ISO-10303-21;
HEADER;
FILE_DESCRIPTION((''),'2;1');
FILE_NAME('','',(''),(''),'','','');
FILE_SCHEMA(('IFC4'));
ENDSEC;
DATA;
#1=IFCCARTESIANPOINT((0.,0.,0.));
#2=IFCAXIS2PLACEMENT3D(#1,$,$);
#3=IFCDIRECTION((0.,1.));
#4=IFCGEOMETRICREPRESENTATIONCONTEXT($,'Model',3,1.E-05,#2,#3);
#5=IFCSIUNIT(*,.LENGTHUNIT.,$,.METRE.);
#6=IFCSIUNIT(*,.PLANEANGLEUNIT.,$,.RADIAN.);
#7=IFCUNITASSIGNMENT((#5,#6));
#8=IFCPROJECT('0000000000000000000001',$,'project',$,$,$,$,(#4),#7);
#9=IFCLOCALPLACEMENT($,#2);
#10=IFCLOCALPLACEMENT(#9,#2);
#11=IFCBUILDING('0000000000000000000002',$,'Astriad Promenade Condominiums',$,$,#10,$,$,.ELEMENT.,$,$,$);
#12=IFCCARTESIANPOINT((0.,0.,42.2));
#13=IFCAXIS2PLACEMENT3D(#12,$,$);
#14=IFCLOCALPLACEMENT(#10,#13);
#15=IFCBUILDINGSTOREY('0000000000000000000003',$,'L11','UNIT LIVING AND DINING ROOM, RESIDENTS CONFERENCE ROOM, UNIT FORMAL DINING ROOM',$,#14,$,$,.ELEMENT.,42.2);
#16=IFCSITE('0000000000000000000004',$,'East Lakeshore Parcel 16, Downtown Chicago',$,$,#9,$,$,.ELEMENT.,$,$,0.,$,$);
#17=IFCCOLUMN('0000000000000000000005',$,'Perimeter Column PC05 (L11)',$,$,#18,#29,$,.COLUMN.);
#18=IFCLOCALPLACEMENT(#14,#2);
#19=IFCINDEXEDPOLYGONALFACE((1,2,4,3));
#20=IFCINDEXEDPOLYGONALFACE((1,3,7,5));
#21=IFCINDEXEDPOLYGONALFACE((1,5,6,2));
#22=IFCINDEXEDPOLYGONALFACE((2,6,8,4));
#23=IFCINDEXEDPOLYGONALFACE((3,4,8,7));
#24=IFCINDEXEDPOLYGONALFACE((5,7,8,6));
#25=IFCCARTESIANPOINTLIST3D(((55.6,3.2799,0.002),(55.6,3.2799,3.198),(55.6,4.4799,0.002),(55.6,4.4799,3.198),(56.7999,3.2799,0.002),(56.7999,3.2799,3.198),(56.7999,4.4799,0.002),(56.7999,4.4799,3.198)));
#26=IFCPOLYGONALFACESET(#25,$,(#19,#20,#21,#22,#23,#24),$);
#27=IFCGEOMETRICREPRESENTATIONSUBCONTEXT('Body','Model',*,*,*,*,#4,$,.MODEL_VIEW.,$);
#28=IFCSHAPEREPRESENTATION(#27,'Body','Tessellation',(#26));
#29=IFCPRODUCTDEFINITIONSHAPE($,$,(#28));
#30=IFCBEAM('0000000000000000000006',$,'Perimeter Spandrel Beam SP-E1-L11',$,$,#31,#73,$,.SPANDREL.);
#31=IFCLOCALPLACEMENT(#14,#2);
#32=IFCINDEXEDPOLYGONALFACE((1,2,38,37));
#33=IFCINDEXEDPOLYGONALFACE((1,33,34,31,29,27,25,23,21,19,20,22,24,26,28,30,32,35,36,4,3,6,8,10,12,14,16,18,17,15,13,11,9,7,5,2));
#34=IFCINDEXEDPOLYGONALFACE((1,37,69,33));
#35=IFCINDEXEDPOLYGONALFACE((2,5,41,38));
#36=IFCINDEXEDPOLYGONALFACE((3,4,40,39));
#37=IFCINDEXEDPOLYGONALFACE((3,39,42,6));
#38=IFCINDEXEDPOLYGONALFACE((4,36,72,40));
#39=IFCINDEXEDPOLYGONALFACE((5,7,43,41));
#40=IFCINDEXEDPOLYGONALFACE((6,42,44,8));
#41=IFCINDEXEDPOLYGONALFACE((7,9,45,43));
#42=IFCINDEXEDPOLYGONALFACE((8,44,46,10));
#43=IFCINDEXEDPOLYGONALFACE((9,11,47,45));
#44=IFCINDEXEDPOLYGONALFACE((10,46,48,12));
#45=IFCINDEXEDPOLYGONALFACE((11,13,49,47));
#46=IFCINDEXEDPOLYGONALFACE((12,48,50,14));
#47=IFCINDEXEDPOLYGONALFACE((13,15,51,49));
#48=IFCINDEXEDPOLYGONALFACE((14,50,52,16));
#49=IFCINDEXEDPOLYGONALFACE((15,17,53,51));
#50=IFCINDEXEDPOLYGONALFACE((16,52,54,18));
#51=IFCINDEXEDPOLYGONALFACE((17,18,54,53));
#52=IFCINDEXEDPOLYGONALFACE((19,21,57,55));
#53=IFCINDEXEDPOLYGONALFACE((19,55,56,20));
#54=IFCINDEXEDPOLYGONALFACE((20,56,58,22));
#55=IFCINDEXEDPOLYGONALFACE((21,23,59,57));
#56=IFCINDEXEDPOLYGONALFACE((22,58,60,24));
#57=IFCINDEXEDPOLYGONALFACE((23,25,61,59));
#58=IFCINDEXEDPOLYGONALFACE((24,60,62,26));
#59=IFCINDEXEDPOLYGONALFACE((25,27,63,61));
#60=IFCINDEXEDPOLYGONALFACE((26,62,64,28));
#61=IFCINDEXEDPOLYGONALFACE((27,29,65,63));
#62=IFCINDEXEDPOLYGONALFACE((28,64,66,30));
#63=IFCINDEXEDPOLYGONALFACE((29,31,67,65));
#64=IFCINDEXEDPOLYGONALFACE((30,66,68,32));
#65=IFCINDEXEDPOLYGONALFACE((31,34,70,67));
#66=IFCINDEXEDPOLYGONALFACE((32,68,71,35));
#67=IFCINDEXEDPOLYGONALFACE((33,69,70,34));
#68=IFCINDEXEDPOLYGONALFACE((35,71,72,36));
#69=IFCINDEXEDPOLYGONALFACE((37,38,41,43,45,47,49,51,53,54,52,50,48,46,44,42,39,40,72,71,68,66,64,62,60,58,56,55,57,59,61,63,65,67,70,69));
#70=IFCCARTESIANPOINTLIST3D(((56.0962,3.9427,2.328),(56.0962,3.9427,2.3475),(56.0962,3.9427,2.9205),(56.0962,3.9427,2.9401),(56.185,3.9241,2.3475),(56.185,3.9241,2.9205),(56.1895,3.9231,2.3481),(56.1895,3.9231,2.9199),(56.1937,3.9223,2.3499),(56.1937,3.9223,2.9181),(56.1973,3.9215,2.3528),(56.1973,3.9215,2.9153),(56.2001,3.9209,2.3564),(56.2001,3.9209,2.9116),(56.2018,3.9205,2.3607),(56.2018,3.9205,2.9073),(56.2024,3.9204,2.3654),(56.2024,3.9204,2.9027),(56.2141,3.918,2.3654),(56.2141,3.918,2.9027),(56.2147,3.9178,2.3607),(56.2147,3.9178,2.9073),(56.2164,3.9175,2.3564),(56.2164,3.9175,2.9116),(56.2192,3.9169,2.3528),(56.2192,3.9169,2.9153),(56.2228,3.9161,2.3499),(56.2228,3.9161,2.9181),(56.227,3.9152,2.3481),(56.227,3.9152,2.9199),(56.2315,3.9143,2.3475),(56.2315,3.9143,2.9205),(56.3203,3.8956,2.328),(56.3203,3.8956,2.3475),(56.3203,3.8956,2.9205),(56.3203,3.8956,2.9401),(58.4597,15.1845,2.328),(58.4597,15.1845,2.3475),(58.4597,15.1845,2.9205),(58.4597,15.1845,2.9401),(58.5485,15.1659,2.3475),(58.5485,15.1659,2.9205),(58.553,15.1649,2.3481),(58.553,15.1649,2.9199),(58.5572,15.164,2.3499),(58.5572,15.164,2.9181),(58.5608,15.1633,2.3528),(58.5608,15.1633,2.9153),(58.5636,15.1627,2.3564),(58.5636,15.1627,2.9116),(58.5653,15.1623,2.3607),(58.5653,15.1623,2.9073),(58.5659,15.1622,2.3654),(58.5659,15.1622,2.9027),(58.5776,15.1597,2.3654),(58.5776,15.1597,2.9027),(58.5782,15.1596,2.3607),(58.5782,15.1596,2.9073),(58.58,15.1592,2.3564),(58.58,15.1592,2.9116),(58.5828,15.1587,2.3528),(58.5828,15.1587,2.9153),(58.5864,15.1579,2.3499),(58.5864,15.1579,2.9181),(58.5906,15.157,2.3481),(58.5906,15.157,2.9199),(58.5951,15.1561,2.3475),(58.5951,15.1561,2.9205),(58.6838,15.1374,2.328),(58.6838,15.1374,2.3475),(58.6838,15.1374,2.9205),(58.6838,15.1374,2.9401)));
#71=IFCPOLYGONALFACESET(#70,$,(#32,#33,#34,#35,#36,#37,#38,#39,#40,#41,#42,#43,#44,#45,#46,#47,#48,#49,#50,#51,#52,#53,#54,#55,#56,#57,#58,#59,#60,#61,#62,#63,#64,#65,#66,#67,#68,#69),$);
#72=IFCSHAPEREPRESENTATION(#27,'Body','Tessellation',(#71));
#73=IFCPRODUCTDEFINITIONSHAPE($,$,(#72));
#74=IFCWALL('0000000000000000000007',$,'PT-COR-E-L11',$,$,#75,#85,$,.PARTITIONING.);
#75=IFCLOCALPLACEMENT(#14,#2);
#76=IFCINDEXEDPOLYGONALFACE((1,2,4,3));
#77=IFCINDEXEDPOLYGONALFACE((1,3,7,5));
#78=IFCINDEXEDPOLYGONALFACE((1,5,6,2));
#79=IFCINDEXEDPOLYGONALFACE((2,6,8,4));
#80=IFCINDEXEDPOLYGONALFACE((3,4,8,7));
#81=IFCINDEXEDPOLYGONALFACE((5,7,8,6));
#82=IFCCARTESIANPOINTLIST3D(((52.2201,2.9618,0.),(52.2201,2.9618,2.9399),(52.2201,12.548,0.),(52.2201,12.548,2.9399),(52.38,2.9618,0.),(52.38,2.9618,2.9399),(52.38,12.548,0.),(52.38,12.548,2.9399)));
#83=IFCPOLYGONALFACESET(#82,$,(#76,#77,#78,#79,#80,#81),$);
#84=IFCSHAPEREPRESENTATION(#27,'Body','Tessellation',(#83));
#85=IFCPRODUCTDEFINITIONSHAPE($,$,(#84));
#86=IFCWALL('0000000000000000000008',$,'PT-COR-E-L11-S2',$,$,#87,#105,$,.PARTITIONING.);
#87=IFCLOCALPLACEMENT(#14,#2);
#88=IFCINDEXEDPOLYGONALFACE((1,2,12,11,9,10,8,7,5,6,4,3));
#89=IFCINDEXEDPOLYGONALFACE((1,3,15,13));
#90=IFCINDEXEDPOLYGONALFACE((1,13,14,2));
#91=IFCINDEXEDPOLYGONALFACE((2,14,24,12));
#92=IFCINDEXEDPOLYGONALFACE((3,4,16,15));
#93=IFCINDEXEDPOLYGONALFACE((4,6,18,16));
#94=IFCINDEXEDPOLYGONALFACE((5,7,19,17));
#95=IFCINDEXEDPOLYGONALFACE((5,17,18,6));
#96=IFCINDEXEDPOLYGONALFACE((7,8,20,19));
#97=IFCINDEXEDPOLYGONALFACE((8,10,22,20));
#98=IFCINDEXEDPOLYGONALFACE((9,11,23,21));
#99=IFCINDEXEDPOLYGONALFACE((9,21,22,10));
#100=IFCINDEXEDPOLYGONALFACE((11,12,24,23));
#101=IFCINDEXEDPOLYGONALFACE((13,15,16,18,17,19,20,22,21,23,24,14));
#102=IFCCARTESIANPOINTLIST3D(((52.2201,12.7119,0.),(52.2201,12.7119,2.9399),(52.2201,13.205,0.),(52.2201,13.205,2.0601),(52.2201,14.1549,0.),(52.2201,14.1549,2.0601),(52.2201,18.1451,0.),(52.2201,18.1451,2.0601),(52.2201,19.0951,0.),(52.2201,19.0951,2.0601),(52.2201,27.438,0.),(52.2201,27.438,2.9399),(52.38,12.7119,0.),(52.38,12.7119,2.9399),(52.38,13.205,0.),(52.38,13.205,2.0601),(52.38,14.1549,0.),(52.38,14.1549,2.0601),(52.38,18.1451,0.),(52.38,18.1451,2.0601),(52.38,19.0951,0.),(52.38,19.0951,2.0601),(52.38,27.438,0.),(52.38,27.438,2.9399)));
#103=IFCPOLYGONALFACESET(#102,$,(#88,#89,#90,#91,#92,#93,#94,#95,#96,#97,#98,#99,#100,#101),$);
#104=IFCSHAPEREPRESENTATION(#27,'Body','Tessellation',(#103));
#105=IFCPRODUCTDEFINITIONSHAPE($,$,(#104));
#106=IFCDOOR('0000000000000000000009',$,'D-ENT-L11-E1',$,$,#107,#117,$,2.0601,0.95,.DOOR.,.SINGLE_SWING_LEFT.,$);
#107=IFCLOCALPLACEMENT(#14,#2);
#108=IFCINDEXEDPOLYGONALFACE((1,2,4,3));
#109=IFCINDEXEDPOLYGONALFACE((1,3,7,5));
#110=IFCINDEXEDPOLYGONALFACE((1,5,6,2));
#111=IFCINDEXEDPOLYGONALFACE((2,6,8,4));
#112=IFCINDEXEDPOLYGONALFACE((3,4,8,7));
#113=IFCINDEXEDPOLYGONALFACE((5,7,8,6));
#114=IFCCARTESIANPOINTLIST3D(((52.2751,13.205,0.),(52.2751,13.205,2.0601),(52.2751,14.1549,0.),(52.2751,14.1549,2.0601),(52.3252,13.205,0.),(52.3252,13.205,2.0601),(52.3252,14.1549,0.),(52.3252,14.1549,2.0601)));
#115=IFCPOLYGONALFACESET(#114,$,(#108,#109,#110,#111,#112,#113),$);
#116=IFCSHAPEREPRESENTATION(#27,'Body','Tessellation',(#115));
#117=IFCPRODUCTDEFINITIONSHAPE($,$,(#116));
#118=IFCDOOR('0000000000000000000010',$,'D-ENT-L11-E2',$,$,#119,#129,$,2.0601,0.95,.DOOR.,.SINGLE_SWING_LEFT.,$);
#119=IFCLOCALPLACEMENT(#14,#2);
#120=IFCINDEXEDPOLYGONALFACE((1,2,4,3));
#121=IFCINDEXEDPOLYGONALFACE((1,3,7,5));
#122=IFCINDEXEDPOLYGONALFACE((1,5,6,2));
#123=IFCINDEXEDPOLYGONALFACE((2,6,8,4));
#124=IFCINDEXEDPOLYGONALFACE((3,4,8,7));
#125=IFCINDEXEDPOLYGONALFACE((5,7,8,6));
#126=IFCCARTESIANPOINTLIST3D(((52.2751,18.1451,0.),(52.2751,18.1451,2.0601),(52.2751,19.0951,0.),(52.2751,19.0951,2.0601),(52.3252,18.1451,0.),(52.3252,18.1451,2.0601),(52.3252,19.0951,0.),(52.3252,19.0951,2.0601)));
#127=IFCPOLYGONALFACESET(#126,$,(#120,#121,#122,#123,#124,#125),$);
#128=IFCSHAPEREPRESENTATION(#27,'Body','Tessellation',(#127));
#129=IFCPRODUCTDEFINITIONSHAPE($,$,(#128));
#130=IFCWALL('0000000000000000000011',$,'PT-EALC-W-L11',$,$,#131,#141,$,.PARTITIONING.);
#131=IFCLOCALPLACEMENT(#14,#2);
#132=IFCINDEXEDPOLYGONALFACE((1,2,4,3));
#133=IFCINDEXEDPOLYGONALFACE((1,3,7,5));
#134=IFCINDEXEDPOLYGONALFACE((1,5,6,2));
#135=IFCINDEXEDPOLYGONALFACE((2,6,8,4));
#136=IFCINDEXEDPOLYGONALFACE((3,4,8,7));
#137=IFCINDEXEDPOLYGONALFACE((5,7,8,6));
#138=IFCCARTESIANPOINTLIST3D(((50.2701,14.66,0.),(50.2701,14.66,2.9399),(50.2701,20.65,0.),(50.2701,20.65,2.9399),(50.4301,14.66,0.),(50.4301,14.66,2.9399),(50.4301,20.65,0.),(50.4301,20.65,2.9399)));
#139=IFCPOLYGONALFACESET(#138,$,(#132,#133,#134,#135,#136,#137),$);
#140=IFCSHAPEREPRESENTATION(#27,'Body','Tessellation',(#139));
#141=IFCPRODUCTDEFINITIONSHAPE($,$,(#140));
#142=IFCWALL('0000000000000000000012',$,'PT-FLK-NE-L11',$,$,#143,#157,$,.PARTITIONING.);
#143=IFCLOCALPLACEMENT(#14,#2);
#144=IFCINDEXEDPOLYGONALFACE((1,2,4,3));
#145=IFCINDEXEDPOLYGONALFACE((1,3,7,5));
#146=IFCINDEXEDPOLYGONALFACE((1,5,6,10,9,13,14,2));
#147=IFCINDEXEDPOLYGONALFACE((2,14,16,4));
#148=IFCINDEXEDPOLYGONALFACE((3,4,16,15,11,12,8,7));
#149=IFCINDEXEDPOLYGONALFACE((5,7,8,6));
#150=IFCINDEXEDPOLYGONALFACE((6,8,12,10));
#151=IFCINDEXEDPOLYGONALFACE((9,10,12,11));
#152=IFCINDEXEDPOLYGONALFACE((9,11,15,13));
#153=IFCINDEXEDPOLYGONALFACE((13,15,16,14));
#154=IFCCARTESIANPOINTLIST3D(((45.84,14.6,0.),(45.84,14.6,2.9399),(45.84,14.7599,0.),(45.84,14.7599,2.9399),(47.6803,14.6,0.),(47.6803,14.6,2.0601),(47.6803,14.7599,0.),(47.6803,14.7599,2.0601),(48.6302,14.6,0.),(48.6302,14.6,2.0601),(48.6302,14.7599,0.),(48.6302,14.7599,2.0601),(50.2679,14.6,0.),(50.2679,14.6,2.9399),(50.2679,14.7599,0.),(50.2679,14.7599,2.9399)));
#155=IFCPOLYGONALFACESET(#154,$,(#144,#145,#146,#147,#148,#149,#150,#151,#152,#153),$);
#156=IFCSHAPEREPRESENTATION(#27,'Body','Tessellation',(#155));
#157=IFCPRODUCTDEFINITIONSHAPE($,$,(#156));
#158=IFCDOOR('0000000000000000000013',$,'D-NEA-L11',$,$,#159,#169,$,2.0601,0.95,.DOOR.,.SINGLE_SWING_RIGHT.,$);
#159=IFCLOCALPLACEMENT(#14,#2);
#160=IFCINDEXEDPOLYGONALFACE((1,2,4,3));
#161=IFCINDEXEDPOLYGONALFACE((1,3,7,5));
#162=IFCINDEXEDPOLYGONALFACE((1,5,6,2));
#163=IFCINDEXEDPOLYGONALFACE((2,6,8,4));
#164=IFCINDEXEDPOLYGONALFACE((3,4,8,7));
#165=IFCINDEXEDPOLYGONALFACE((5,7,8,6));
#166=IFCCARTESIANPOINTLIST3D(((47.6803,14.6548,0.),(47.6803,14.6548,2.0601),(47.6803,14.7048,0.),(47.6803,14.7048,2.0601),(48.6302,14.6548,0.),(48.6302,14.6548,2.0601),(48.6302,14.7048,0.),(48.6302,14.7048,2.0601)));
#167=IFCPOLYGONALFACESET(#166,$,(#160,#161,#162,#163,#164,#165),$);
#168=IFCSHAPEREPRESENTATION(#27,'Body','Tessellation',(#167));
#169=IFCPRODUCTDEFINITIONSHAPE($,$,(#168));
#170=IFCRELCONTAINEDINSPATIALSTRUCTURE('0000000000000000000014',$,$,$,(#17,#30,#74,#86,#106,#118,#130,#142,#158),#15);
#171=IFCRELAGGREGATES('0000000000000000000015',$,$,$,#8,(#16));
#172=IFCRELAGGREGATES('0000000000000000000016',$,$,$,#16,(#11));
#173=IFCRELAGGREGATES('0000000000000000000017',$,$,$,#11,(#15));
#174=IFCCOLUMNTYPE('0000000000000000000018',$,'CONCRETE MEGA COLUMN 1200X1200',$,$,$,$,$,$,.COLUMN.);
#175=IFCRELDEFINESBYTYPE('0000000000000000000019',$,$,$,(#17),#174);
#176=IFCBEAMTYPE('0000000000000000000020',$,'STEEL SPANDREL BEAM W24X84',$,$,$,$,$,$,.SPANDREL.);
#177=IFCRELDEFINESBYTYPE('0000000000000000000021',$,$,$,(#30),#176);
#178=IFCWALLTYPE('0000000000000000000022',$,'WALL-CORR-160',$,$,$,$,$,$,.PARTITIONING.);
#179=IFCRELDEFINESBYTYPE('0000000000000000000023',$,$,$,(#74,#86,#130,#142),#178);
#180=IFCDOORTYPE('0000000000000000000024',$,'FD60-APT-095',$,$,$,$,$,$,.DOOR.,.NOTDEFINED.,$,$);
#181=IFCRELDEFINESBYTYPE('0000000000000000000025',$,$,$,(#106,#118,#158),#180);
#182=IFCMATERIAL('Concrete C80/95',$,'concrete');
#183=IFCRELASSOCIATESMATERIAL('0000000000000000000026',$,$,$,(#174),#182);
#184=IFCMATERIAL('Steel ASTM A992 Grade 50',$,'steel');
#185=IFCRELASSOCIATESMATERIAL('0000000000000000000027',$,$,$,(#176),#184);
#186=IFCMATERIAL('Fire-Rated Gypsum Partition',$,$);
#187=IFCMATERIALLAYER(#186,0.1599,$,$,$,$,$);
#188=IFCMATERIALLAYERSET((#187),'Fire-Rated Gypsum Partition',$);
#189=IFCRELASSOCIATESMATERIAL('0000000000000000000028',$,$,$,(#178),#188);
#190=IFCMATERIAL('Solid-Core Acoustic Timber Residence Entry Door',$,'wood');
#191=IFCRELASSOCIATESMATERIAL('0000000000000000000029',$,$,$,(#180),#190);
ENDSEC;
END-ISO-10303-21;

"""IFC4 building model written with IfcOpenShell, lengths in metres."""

from ifc_helpers import new_model, si_unit, direction, frame, frame_2d, origin, origin_2d, place, context, subcontext, project, spatial, rectangle, i_section, extrude, source, transform, mapped, material, layer, layer_set, material_profile, profile_set, type_object, type_shapes, element, fill, save


model = new_model("IFC4")

# Units and contexts
model_context = context("Model", 3, precision=1e-05, world=origin(), true_north=direction((0.0, 1.0)))
body_context = subcontext(model_context, "Body", "Model", "MODEL_VIEW")
ifc_project = project(units=[si_unit("LENGTHUNIT", "METRE"), si_unit("PLANEANGLEUNIT", "RADIAN")], contexts=[model_context])

# Site, building, storey
site_placement = place(None, origin())
site = spatial("IfcSite", under=ifc_project, at=site_placement, Name="East Lakeshore Parcel 16, Downtown Chicago", CompositionType="ELEMENT", RefElevation=0.0)
building_placement = place(site_placement, origin())
building = spatial("IfcBuilding", under=site, at=building_placement, Name="Astriad Promenade Condominiums", CompositionType="ELEMENT")
storey_placement = place(building_placement, frame((0.0, 0.0, 42.2)))
storey = spatial("IfcBuildingStorey", under=building, at=storey_placement, Name="L11", Description="UNIT LIVING AND DINING ROOM, RESIDENTS CONFERENCE ROOM, UNIT FORMAL DINING ROOM", CompositionType="ELEMENT", Elevation=42.2)

# Column
ifc_material_1 = material(Name="Concrete C80/95", Category="concrete")
ifc_material_profile_1 = material_profile(ifc_material_1, rectangle(XDim=1.2, YDim=1.2, at=origin_2d()), Name="RC-COL-1200X1200")
ifc_profile_set_1 = profile_set([ifc_material_profile_1], Name="Concrete C80/95")
column_type = type_object("IfcColumnType", Name="CONCRETE MEGA COLUMN 1200X1200", PredefinedType="COLUMN", material=ifc_profile_set_1)
shared_shape_1 = source(origin(), body_context, "Body", "SweptSolid", [
    extrude(rectangle(XDim=1.2, YDim=1.2, at=origin_2d()), origin(), (0.0, 0.0, 1.0), 3.196),
])
type_shapes(column_type, [shared_shape_1])
column_placement = place(storey_placement, frame((56.2, 3.8799, 0.002), z_axis=(0.0, 0.0, 1.0), x_axis=(1.0, 0.0, 0.0)))
element("IfcColumn", 1, at=column_placement, inside=storey, type_object=column_type, Name="Perimeter Column PC05 (L11)", PredefinedType="COLUMN", context=body_context, shape_type="MappedRepresentation", body=[
    mapped(shared_shape_1, transform((0.0, 0.0, 0.0), scale=1.0)),
])

# Beam
ifc_material_2 = material(Name="Steel ASTM A992 Grade 50", Category="steel")
ifc_material_profile_2 = material_profile(ifc_material_2, i_section(OverallWidth=0.229, OverallDepth=0.6121, WebThickness=0.012, FlangeThickness=0.0195, FilletRadius=0.0178, at=origin_2d()), Name="W24X84")
ifc_profile_set_2 = profile_set([ifc_material_profile_2], Name="Steel ASTM A992 Grade 50")
beam_type = type_object("IfcBeamType", Name="STEEL SPANDREL BEAM W24X84", PredefinedType="SPANDREL", material=ifc_profile_set_2)
shared_shape_2 = source(origin(), body_context, "Body", "SweptSolid", [
    extrude(i_section(OverallWidth=0.229, OverallDepth=0.6121, WebThickness=0.012, FlangeThickness=0.0195, FilletRadius=0.0178, at=origin_2d()), origin(), (0.0, 0.0, 1.0), 11.4875),
])
type_shapes(beam_type, [shared_shape_2])
beam_placement = place(storey_placement, frame((56.2083, 3.9192, 2.634), z_axis=(0.205748, 0.978605, 0.0), x_axis=(-0.978605, 0.205748, 0.0)))
element("IfcBeam", 2, at=beam_placement, inside=storey, type_object=beam_type, Name="Perimeter Spandrel Beam SP-E1-L11", PredefinedType="SPANDREL", context=body_context, shape_type="MappedRepresentation", body=[
    mapped(shared_shape_2, transform((0.0, 0.0, 0.0), scale=1.0)),
])

# Wall
ifc_material_3 = material(Name="Fire-Rated Gypsum Partition")
ifc_layer_1 = layer(ifc_material_3, 0.1599)
ifc_layer_set_1 = layer_set([ifc_layer_1], Name="Fire-Rated Gypsum Partition")
wall_type_1 = type_object("IfcWallType", Name="WALL-CORR-160", PredefinedType="PARTITIONING", material=ifc_layer_set_1)
wall_1_placement = place(storey_placement, frame((52.3, 2.9619, 0.0), z_axis=(0.0, 0.0, 1.0), x_axis=(0.0, 1.0, 0.0)))
element("IfcWall", 3, at=wall_1_placement, inside=storey, type_object=wall_type_1, Name="PT-COR-E-L11", PredefinedType="PARTITIONING", context=body_context, shape_type="SweptSolid", body=[
    extrude(rectangle(XDim=9.5862, YDim=0.1599, at=frame_2d((4.793, 0.0))), origin(), (0.0, 0.0, 1.0), 2.9399),
])

# Wall, openings, doors
wall_2_placement = place(storey_placement, frame((52.3, 12.7119, 0.0), z_axis=(0.0, 0.0, 1.0), x_axis=(0.0, 1.0, 0.0)))
wall_2 = element("IfcWall", 4, at=wall_2_placement, inside=storey, type_object=wall_type_1, Name="PT-COR-E-L11-S2", PredefinedType="PARTITIONING", context=body_context, shape_type="SweptSolid", body=[
    extrude(rectangle(XDim=14.7261, YDim=0.1599, at=frame_2d((7.363, 0.0))), origin(), (0.0, 0.0, 1.0), 2.9399),
])
opening_1_placement = place(wall_2_placement, frame((0.4929, 0.0, 0.0)))
opening_1 = element("IfcOpeningElement", 5, at=opening_1_placement, cuts=wall_2, PredefinedType="OPENING", context=body_context, shape_type="SweptSolid", body=[
    extrude(rectangle(XDim=0.95, YDim=2.0601, at=frame_2d((0.4751, 1.03))), frame((0.0, 0.0898, 0.0), z_axis=(0.0, -1.0, 0.0), x_axis=(1.0, 0.0, 0.0)), (0.0, 0.0, 1.0), 0.1799),
])
opening_2_placement = place(wall_2_placement, frame((5.4331, 0.0, 0.0)))
opening_2 = element("IfcOpeningElement", 6, at=opening_2_placement, cuts=wall_2, PredefinedType="OPENING", context=body_context, shape_type="SweptSolid", body=[
    extrude(rectangle(XDim=0.95, YDim=2.0601, at=frame_2d((0.4751, 1.03))), frame((0.0, 0.0898, 0.0), z_axis=(0.0, -1.0, 0.0), x_axis=(1.0, 0.0, 0.0)), (0.0, 0.0, 1.0), 0.1799),
])
ifc_material_4 = material(Name="Solid-Core Acoustic Timber Residence Entry Door", Category="wood")
door_type_1 = type_object("IfcDoorType", Name="FD60-APT-095", OperationType="NOTDEFINED", PredefinedType="DOOR", material=ifc_material_4)
shared_shape_3 = source(origin(), body_context, "Body", "SweptSolid", [
    extrude(rectangle(XDim=0.95, YDim=2.0601, at=frame_2d((0.4751, 1.03))), frame((0.0, 0.0249, 0.0), z_axis=(0.0, -1.0, 0.0), x_axis=(1.0, 0.0, 0.0)), (0.0, 0.0, 1.0), 0.05),
])
type_shapes(door_type_1, [shared_shape_3])
door_1_placement = place(opening_1_placement, origin())
door_1 = element("IfcDoor", 7, at=door_1_placement, inside=storey, type_object=door_type_1, Name="D-ENT-L11-E1", OperationType="SINGLE_SWING_LEFT", OverallHeight=2.0601, OverallWidth=0.95, PredefinedType="DOOR", context=body_context, shape_type="MappedRepresentation", body=[
    mapped(shared_shape_3, transform((0.0, 0.0, 0.0), scale=1.0)),
])
fill(opening_1, door_1)
door_2_placement = place(opening_2_placement, origin())
door_2 = element("IfcDoor", 8, at=door_2_placement, inside=storey, type_object=door_type_1, Name="D-ENT-L11-E2", OperationType="SINGLE_SWING_LEFT", OverallHeight=2.0601, OverallWidth=0.95, PredefinedType="DOOR", context=body_context, shape_type="MappedRepresentation", body=[
    mapped(shared_shape_3, transform((0.0, 0.0, 0.0), scale=1.0)),
])
fill(opening_2, door_2)

# Wall
wall_3_placement = place(storey_placement, frame((50.3501, 14.6599, 0.0), z_axis=(0.0, 0.0, 1.0), x_axis=(0.0, 1.0, 0.0)))
element("IfcWall", 9, at=wall_3_placement, inside=storey, type_object=wall_type_1, Name="PT-EALC-W-L11", PredefinedType="PARTITIONING", context=body_context, shape_type="SweptSolid", body=[
    extrude(rectangle(XDim=5.99, YDim=0.1599, at=frame_2d((2.9951, 0.0))), origin(), (0.0, 0.0, 1.0), 2.9399),
])

# Wall, opening, door
wall_4_placement = place(storey_placement, frame((45.8401, 14.6799, 0.0), z_axis=(0.0, 0.0, 1.0), x_axis=(1.0, 0.0, 0.0)))
wall_4 = element("IfcWall", 10, at=wall_4_placement, inside=storey, type_object=wall_type_1, Name="PT-FLK-NE-L11", PredefinedType="PARTITIONING", context=body_context, shape_type="SweptSolid", body=[
    extrude(rectangle(XDim=4.428, YDim=0.1599, at=frame_2d((2.2139, 0.0))), origin(), (0.0, 0.0, 1.0), 2.9399),
])
opening_3_placement = place(wall_4_placement, frame((1.8401, 0.0, 0.0)))
opening_3 = element("IfcOpeningElement", 11, at=opening_3_placement, cuts=wall_4, PredefinedType="OPENING", context=body_context, shape_type="SweptSolid", body=[
    extrude(rectangle(XDim=0.95, YDim=2.0601, at=frame_2d((0.4751, 1.03))), frame((0.0, 0.0898, 0.0), z_axis=(0.0, -1.0, 0.0), x_axis=(1.0, 0.0, 0.0)), (0.0, 0.0, 1.0), 0.1799),
])
door_3_placement = place(opening_3_placement, origin())
door_3 = element("IfcDoor", 12, at=door_3_placement, inside=storey, type_object=door_type_1, Name="D-NEA-L11", OperationType="SINGLE_SWING_RIGHT", OverallHeight=2.0601, OverallWidth=0.95, PredefinedType="DOOR", context=body_context, shape_type="MappedRepresentation", body=[
    mapped(shared_shape_3, transform((0.0, 0.0, 0.0), scale=1.0)),
])
fill(opening_3, door_3)

save(model, "model.ifc")
